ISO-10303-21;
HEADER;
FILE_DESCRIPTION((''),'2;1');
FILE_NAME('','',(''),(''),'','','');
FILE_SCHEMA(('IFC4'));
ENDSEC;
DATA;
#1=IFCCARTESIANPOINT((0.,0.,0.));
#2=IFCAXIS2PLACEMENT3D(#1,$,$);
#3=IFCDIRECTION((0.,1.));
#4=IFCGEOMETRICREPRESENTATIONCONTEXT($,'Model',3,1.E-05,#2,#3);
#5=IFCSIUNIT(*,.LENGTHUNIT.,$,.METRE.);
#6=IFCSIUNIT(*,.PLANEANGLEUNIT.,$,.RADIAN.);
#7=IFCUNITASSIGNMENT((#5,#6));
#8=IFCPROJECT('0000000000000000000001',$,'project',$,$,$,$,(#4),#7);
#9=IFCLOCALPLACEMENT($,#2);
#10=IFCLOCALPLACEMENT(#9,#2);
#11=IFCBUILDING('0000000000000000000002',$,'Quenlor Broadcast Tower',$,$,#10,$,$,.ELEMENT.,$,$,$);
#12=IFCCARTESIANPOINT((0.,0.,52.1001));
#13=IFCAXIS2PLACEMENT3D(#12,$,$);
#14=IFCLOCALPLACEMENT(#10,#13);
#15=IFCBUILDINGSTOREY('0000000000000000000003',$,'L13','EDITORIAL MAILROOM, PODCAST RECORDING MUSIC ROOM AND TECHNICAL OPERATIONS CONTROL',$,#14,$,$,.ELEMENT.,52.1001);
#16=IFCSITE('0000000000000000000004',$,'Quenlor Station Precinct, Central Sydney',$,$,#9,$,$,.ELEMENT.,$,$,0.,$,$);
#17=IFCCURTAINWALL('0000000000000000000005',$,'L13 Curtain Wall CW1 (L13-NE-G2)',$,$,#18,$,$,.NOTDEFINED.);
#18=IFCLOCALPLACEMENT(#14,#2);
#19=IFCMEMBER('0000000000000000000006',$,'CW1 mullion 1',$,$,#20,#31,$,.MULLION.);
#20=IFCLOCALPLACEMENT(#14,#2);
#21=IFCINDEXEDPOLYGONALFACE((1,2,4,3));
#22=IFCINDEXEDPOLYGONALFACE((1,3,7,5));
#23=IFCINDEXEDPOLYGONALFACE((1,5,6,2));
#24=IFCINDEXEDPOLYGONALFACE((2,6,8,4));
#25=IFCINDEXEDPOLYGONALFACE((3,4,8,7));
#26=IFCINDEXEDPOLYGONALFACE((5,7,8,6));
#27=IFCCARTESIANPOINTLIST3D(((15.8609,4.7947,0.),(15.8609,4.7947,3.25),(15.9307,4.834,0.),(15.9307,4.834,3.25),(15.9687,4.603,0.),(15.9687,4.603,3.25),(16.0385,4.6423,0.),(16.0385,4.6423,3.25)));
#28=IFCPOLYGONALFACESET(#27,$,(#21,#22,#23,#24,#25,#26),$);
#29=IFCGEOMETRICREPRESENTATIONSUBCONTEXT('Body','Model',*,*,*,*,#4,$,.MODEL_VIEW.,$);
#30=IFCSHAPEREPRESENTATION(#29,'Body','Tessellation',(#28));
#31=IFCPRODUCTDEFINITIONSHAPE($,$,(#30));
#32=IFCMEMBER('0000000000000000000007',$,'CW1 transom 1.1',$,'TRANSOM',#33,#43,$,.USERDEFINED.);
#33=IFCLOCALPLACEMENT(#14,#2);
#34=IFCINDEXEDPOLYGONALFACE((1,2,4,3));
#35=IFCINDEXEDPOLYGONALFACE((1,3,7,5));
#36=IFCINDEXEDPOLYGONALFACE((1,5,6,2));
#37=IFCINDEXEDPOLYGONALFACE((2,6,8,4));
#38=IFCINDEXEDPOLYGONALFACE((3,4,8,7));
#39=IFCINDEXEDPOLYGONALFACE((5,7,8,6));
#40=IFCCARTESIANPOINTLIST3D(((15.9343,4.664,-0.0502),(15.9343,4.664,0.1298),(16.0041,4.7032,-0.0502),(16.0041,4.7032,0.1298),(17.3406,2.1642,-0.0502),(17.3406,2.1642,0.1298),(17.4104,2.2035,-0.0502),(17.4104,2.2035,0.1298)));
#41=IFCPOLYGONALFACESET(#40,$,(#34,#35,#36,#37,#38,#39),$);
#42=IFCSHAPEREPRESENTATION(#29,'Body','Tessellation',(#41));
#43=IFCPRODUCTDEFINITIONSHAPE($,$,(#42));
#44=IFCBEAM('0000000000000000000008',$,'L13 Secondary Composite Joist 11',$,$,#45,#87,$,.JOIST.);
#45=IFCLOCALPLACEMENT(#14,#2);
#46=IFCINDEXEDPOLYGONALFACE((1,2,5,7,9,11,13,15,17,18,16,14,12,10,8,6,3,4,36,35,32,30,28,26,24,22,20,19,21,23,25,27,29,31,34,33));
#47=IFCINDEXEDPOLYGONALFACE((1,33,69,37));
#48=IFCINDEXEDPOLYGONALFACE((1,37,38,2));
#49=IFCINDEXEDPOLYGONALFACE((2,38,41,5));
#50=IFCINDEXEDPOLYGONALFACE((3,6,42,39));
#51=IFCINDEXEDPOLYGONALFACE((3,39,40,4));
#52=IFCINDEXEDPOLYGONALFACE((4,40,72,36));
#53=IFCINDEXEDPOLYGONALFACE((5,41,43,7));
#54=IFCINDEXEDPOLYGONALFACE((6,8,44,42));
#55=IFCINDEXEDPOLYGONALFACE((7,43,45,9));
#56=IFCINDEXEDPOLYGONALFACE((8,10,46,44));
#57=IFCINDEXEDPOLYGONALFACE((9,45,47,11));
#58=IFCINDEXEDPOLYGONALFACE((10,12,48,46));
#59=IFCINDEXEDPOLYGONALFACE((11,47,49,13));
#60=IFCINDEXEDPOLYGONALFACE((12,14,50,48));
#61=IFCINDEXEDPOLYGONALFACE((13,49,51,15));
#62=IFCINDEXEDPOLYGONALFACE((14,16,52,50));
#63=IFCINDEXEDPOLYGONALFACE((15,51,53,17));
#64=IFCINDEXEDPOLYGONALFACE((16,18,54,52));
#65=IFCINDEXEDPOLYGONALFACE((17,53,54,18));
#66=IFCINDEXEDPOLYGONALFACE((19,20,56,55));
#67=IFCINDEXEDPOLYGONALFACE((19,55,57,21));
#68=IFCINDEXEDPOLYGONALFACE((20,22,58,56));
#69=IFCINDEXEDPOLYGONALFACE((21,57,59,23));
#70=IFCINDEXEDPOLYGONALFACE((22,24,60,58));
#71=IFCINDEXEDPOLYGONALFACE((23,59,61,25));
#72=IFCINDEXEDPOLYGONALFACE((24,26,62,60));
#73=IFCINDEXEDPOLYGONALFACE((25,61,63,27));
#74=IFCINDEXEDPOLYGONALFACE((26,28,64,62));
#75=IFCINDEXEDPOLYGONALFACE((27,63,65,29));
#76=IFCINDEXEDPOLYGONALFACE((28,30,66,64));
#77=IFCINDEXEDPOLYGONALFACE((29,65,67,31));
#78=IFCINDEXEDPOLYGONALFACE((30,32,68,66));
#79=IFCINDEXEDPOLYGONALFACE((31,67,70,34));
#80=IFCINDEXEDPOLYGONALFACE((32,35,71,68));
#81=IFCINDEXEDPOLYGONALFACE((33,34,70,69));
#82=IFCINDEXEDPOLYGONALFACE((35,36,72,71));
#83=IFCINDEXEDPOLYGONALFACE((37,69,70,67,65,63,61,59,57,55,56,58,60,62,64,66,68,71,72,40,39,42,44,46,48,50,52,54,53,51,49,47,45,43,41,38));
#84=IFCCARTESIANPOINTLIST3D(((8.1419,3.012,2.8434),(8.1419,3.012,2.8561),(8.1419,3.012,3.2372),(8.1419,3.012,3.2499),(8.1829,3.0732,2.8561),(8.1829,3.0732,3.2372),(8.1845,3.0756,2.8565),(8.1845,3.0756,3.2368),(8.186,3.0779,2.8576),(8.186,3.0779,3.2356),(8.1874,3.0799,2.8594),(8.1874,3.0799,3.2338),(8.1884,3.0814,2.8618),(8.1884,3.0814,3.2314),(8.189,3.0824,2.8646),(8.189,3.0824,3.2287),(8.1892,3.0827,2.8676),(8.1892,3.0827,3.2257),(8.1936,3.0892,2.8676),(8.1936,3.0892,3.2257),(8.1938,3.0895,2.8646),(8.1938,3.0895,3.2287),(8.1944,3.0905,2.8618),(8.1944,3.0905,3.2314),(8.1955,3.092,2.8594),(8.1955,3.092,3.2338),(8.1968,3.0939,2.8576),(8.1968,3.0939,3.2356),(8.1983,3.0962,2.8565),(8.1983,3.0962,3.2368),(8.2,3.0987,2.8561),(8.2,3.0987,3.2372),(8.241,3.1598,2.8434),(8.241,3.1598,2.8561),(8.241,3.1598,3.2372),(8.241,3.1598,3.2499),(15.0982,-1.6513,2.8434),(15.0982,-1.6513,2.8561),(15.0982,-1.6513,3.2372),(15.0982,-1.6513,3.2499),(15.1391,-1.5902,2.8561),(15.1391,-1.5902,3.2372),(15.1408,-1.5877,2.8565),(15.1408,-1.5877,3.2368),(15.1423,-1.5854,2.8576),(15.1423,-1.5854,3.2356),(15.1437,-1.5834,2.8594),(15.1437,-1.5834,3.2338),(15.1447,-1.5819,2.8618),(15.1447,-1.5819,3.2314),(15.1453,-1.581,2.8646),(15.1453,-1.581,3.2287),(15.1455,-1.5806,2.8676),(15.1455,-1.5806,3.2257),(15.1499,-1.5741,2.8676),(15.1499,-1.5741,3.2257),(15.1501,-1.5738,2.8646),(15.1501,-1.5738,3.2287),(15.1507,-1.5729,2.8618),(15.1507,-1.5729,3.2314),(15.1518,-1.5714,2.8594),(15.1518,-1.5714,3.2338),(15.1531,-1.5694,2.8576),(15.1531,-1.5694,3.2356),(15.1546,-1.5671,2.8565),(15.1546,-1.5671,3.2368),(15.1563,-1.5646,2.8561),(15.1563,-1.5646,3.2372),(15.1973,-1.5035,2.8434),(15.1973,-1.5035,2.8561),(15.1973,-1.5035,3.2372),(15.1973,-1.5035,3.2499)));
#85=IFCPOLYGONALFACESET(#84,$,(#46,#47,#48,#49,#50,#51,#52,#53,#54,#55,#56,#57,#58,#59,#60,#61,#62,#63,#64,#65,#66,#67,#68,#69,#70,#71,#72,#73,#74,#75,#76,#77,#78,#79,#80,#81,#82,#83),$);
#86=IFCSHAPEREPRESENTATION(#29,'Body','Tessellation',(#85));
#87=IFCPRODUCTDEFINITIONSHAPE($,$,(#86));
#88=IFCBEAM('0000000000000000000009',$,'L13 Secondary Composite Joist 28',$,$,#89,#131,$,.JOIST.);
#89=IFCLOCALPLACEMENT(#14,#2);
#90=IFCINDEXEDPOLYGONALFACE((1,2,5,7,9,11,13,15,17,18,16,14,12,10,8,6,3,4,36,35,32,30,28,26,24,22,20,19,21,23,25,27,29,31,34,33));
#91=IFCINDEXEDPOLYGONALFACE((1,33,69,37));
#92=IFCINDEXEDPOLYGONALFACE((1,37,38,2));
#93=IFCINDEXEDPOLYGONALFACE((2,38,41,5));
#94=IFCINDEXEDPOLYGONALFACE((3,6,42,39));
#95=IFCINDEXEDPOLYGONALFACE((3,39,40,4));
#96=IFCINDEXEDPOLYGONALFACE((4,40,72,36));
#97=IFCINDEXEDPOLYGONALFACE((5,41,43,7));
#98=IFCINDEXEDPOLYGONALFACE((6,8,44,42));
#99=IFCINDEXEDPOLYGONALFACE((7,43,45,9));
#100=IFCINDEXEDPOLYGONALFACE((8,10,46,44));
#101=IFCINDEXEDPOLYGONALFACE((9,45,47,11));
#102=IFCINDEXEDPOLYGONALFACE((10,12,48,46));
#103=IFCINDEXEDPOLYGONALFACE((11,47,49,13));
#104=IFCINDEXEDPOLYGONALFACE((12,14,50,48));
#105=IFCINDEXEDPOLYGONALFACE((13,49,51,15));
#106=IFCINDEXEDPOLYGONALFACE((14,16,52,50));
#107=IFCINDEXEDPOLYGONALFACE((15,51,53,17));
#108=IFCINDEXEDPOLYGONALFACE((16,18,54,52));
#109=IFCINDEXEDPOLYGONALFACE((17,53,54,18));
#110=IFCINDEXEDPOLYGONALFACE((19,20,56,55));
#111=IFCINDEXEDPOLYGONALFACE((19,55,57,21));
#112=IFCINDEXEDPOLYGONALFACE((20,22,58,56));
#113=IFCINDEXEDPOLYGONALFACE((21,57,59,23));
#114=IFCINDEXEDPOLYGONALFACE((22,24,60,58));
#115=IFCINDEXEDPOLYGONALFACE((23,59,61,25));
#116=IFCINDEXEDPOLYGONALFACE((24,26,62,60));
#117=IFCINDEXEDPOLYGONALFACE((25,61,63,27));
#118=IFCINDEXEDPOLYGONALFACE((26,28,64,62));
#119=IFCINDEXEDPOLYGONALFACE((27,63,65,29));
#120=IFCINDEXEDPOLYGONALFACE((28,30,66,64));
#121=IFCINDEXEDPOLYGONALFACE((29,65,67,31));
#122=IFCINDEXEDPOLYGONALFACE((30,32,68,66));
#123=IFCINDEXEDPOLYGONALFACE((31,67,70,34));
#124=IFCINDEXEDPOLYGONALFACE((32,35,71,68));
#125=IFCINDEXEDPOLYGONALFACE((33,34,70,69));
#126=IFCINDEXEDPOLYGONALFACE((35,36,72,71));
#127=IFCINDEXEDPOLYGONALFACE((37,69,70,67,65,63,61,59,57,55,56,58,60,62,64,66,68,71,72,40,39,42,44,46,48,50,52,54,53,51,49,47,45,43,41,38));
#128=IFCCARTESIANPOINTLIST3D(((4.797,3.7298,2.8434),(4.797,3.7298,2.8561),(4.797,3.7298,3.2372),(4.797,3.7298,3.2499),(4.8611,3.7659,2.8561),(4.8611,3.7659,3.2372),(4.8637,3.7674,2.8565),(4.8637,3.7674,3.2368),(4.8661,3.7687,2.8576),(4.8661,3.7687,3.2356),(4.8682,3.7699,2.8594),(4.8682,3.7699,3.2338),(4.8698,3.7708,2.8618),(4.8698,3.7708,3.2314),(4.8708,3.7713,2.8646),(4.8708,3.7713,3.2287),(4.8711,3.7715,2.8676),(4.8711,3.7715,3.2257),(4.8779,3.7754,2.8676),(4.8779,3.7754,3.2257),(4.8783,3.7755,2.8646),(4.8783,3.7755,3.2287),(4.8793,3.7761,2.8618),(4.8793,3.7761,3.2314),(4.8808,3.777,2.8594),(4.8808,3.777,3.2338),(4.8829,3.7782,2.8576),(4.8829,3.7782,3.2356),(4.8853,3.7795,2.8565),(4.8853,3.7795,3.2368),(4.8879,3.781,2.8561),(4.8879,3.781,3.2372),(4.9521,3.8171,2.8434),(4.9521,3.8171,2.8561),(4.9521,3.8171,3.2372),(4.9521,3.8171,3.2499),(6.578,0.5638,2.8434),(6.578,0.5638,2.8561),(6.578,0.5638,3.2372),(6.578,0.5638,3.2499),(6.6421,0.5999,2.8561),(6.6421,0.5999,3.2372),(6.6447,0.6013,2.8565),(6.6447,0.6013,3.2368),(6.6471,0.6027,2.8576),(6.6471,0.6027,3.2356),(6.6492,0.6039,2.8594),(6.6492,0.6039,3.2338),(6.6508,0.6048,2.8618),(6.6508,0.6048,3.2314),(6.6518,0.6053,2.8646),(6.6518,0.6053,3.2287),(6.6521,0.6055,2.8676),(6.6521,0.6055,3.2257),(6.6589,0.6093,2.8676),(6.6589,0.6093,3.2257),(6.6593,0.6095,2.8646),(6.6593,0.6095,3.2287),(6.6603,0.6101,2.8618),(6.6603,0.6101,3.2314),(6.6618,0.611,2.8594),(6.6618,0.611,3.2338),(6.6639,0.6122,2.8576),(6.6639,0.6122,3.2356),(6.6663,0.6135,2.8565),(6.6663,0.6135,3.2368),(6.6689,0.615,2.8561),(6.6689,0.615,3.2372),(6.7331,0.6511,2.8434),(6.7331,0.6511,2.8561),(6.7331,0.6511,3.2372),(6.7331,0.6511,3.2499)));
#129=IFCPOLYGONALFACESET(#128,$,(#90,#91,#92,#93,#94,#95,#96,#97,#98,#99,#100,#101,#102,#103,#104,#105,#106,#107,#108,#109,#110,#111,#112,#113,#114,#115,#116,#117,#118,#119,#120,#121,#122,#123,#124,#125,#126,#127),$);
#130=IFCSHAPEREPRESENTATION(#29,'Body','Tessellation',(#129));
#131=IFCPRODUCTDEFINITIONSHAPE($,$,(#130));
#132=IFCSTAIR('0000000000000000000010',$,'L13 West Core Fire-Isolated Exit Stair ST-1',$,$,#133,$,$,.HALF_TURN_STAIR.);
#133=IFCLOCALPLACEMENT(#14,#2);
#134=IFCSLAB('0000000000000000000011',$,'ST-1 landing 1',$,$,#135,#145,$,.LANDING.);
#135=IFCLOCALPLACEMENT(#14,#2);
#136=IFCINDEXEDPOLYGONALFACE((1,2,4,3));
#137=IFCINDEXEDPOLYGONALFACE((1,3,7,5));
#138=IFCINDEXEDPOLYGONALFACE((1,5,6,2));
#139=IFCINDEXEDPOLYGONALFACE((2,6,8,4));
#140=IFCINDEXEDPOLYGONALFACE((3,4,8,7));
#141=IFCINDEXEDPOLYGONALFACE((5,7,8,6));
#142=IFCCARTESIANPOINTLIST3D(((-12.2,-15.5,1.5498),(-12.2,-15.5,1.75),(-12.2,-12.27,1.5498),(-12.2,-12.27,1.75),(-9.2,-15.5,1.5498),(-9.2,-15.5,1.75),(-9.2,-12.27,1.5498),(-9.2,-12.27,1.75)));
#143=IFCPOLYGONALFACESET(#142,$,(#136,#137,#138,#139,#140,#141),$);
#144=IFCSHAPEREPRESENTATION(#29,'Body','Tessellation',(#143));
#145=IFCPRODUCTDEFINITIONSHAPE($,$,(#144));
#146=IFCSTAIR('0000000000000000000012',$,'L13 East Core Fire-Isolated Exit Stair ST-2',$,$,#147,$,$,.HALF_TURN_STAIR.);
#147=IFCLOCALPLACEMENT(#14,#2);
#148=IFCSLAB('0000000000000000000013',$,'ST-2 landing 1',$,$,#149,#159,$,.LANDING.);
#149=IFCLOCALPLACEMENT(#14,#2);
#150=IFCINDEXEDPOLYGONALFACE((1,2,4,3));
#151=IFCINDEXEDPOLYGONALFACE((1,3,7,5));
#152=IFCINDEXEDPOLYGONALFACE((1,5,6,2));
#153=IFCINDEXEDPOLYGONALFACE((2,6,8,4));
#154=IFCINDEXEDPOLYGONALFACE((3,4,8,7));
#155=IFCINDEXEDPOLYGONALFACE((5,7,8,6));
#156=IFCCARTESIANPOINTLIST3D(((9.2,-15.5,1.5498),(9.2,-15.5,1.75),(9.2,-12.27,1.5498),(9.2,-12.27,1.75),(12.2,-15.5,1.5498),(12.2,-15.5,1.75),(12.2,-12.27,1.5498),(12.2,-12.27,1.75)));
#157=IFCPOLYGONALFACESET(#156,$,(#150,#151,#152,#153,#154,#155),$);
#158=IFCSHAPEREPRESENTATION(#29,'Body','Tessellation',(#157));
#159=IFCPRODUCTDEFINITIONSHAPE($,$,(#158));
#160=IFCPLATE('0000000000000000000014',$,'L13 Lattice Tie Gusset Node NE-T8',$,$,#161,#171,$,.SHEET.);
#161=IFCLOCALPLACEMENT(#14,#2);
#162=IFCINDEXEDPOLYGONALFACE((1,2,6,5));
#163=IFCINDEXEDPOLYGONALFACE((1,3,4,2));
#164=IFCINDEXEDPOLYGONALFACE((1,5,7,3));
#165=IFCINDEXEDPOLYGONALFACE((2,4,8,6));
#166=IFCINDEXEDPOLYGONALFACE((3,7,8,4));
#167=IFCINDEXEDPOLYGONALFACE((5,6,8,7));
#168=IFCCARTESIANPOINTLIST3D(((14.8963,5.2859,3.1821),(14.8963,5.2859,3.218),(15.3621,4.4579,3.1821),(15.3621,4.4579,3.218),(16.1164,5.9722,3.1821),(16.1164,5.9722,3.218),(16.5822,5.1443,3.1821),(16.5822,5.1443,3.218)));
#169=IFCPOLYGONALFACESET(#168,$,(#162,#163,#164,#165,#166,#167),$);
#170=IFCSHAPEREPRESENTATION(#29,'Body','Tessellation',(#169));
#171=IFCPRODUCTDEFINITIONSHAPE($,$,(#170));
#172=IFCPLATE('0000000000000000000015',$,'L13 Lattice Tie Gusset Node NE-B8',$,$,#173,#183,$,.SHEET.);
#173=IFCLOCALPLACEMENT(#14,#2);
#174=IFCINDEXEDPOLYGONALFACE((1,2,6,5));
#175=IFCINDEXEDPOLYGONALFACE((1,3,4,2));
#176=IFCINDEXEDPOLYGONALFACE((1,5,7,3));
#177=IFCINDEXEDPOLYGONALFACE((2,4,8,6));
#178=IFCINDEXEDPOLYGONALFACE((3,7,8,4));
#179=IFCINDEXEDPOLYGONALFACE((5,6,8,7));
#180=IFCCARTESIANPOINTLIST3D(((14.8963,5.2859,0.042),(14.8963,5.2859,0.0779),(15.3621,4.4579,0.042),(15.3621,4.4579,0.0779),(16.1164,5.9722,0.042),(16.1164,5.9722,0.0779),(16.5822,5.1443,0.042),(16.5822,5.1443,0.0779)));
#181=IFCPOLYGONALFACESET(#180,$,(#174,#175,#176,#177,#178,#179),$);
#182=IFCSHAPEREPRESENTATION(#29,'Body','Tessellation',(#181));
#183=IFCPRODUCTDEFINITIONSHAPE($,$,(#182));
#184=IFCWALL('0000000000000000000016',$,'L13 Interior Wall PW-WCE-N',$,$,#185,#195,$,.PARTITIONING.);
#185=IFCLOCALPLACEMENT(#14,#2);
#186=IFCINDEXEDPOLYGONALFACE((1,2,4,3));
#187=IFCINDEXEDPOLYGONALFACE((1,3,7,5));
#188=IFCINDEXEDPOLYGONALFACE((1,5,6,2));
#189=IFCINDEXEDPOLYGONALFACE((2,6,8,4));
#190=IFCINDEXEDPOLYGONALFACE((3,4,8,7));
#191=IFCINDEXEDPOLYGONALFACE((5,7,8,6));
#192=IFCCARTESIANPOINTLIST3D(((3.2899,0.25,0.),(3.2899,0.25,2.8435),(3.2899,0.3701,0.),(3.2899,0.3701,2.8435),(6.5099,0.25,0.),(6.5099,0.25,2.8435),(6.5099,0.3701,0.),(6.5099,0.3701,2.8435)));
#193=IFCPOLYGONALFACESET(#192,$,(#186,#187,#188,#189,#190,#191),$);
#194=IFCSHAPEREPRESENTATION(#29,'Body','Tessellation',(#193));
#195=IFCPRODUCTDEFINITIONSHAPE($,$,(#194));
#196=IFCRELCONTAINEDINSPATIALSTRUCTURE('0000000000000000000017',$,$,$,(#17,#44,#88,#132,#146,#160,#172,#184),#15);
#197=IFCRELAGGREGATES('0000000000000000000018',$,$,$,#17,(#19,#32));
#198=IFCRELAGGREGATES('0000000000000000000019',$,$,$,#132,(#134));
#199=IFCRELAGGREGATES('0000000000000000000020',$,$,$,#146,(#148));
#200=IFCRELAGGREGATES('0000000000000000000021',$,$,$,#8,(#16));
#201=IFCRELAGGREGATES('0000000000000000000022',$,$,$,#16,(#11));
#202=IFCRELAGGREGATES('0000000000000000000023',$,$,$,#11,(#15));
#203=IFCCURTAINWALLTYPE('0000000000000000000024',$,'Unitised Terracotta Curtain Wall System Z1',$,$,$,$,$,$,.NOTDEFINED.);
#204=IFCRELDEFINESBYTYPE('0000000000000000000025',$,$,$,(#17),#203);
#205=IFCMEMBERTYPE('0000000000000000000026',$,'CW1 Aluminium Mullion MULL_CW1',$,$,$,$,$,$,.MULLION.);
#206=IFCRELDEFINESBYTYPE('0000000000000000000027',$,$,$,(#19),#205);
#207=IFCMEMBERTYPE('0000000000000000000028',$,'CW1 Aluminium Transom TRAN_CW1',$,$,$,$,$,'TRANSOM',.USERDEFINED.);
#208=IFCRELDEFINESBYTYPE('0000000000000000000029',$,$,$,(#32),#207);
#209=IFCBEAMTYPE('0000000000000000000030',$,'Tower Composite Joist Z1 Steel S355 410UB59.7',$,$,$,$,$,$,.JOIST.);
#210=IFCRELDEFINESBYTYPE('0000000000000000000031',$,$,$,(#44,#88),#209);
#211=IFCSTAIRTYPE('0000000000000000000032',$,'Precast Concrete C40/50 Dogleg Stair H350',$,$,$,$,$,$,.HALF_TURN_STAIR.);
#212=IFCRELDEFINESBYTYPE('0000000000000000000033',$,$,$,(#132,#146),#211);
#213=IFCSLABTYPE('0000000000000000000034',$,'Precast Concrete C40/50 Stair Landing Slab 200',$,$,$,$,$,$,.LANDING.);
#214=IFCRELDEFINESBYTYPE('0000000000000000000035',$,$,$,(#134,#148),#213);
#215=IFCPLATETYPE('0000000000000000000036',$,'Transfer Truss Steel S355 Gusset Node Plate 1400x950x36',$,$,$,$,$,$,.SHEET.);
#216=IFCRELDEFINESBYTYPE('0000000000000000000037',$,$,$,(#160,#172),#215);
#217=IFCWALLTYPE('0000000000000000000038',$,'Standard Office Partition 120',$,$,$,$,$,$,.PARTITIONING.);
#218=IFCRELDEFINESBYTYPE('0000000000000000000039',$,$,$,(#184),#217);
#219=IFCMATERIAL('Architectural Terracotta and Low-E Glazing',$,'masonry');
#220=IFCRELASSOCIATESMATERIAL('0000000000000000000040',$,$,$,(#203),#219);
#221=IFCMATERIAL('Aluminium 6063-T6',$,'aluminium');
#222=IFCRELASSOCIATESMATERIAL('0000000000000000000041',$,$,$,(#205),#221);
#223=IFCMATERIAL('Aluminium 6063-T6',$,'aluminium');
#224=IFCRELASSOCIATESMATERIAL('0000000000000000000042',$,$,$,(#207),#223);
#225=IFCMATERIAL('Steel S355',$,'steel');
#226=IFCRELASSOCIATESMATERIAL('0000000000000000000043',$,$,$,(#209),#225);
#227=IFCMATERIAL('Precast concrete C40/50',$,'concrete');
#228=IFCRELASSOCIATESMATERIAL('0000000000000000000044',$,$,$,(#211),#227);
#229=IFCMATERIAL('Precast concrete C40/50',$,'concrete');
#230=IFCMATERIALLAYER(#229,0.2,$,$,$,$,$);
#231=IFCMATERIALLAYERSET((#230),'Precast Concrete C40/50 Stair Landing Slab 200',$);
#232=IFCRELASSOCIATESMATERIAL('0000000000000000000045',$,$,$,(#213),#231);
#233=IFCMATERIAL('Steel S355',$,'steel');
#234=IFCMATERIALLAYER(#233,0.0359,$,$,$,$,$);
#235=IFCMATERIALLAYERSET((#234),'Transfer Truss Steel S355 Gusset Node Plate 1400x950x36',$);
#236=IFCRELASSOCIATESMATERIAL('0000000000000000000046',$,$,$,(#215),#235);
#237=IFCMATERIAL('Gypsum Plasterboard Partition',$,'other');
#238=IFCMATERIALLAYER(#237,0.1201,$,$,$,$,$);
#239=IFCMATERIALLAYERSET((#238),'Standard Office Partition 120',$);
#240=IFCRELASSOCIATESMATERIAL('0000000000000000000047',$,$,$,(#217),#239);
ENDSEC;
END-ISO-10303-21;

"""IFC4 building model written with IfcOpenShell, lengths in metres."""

from ifc_helpers import new_model, si_unit, direction, frame, frame_2d, origin, origin_2d, place, context, subcontext, project, spatial, polyline, rectangle, i_section, outline, extrude, material, layer, layer_set, material_profile, profile_set, type_object, element, aggregate, save


model = new_model("IFC4")

# Units and contexts
model_context = context("Model", 3, precision=1e-05, world=origin(), true_north=direction((0.0, 1.0)))
body_context = subcontext(model_context, "Body", "Model", "MODEL_VIEW")
ifc_project = project(units=[si_unit("LENGTHUNIT", "METRE"), si_unit("PLANEANGLEUNIT", "RADIAN")], contexts=[model_context])

# Site, building, storey
site_placement = place(None, origin())
site = spatial("IfcSite", under=ifc_project, at=site_placement, Name="Quenlor Station Precinct, Central Sydney", CompositionType="ELEMENT", RefElevation=0.0)
building_placement = place(site_placement, origin())
building = spatial("IfcBuilding", under=site, at=building_placement, Name="Quenlor Broadcast Tower", CompositionType="ELEMENT")
storey_placement = place(building_placement, frame((0.0, 0.0, 52.1001)))
storey = spatial("IfcBuildingStorey", under=building, at=storey_placement, Name="L13", Description="EDITORIAL MAILROOM, PODCAST RECORDING MUSIC ROOM AND TECHNICAL OPERATIONS CONTROL", CompositionType="ELEMENT", Elevation=52.1001)

# Curtain wall, members
ifc_material_1 = material(Name="Architectural Terracotta and Low-E Glazing", Category="masonry")
curtain_wall_type = type_object("IfcCurtainWallType", Name="Unitised Terracotta Curtain Wall System Z1", PredefinedType="NOTDEFINED", material=ifc_material_1)
curtain_wall_placement = place(storey_placement, origin())
curtain_wall = element("IfcCurtainWall", 1, at=curtain_wall_placement, inside=storey, type_object=curtain_wall_type, Name="L13 Curtain Wall CW1 (L13-NE-G2)", PredefinedType="NOTDEFINED")
ifc_material_2 = material(Name="Aluminium 6063-T6", Category="aluminium")
ifc_material_profile_1 = material_profile(ifc_material_2, rectangle(XDim=0.0801, YDim=0.22, at=origin_2d()))
ifc_profile_set_1 = profile_set([ifc_material_profile_1], Name="Aluminium 6063-T6 MULL80x220")
member_type_1 = type_object("IfcMemberType", Name="CW1 Aluminium Mullion MULL_CW1", PredefinedType="MULLION", material=ifc_profile_set_1)
member_1_placement = place(storey_placement, frame((15.9497, 4.7185, 0.0), z_axis=(0.0, 0.0, 1.0), x_axis=(0.871568, 0.490274, 0.0)))
member_1 = element("IfcMember", 2, at=member_1_placement, type_object=member_type_1, Name="CW1 mullion 1", PredefinedType="MULLION", context=body_context, shape_type="SweptSolid", body=[
    extrude(rectangle(XDim=0.0801, YDim=0.22, at=origin_2d()), origin(), (0.0, 0.0, 1.0), 3.25),
])
ifc_material_3 = material(Name="Aluminium 6063-T6", Category="aluminium")
ifc_material_profile_2 = material_profile(ifc_material_3, rectangle(XDim=0.0801, YDim=0.1799, at=origin_2d()))
ifc_profile_set_2 = profile_set([ifc_material_profile_2], Name="Aluminium 6063-T6 TRAN80x180")
member_type_2 = type_object("IfcMemberType", Name="CW1 Aluminium Transom TRAN_CW1", ElementType="TRANSOM", PredefinedType="USERDEFINED", material=ifc_profile_set_2)
member_2_placement = place(storey_placement, frame((15.9692, 4.6836, 0.0398), z_axis=(0.490298, -0.871555, 0.0), x_axis=(0.871555, 0.490298, 0.0)))
member_2 = element("IfcMember", 3, at=member_2_placement, type_object=member_type_2, Name="CW1 transom 1.1", ObjectType="TRANSOM", PredefinedType="USERDEFINED", context=body_context, shape_type="SweptSolid", body=[
    extrude(rectangle(XDim=0.0801, YDim=0.1799, at=origin_2d()), origin(), (0.0, 0.0, 1.0), 2.8682),
])
aggregate(curtain_wall, [member_1, member_2])

# Beams
ifc_material_4 = material(Name="Steel S355", Category="steel")
ifc_material_profile_3 = material_profile(ifc_material_4, i_section(OverallWidth=0.178, OverallDepth=0.4065, WebThickness=0.0078, FlangeThickness=0.0127, FilletRadius=0.0115, at=origin_2d()))
ifc_profile_set_3 = profile_set([ifc_material_profile_3], Name="Steel S355 410UB59.7")
beam_type = type_object("IfcBeamType", Name="Tower Composite Joist Z1 Steel S355 410UB59.7", PredefinedType="JOIST", material=ifc_profile_set_3)
beam_1_placement = place(storey_placement, frame((15.1477, -1.5774, 3.0466), z_axis=(-0.830626, 0.556831, 0.0), x_axis=(-0.556831, -0.830626, 0.0)))
element("IfcBeam", 4, at=beam_1_placement, inside=storey, type_object=beam_type, Name="L13 Secondary Composite Joist 11", PredefinedType="JOIST", context=body_context, shape_type="SweptSolid", body=[
    extrude(i_section(OverallWidth=0.178, OverallDepth=0.4065, WebThickness=0.0078, FlangeThickness=0.0127, FilletRadius=0.0115, at=origin_2d()), origin(), (0.0, 0.0, 1.0), 8.3748),
])
beam_2_placement = place(storey_placement, frame((4.8745, 3.7734, 3.0466), z_axis=(0.490287, -0.871561, 0.0), x_axis=(0.871561, 0.490287, 0.0)))
element("IfcBeam", 5, at=beam_2_placement, inside=storey, type_object=beam_type, Name="L13 Secondary Composite Joist 28", PredefinedType="JOIST", context=body_context, shape_type="SweptSolid", body=[
    extrude(i_section(OverallWidth=0.178, OverallDepth=0.4065, WebThickness=0.0078, FlangeThickness=0.0127, FilletRadius=0.0115, at=origin_2d()), origin(), (0.0, 0.0, 1.0), 3.6326),
])

# Stairs, slabs
ifc_material_5 = material(Name="Precast concrete C40/50", Category="concrete")
stair_type = type_object("IfcStairType", Name="Precast Concrete C40/50 Dogleg Stair H350", PredefinedType="HALF_TURN_STAIR", material=ifc_material_5)
stair_1_placement = place(storey_placement, origin())
stair_1 = element("IfcStair", 6, at=stair_1_placement, inside=storey, type_object=stair_type, Name="L13 West Core Fire-Isolated Exit Stair ST-1", PredefinedType="HALF_TURN_STAIR")
ifc_material_6 = material(Name="Precast concrete C40/50", Category="concrete")
ifc_layer_1 = layer(ifc_material_6, 0.2)
ifc_layer_set_1 = layer_set([ifc_layer_1], Name="Precast Concrete C40/50 Stair Landing Slab 200")
slab_type = type_object("IfcSlabType", Name="Precast Concrete C40/50 Stair Landing Slab 200", PredefinedType="LANDING", material=ifc_layer_set_1)
slab_1_placement = place(storey_placement, frame((0.0, 0.0, 1.5498)))
slab_1 = element("IfcSlab", 7, at=slab_1_placement, type_object=slab_type, Name="ST-1 landing 1", PredefinedType="LANDING", context=body_context, shape_type="SweptSolid", body=[
    extrude(outline(polyline([(-12.2, -12.27), (-12.2, -15.5), (-9.2, -15.5), (-9.2, -12.27), (-12.2, -12.27)])), origin(), (0.0, 0.0, 1.0), 0.2002),
])
aggregate(stair_1, [slab_1])
stair_2_placement = place(storey_placement, origin())
stair_2 = element("IfcStair", 8, at=stair_2_placement, inside=storey, type_object=stair_type, Name="L13 East Core Fire-Isolated Exit Stair ST-2", PredefinedType="HALF_TURN_STAIR")
slab_2_placement = place(storey_placement, frame((0.0, 0.0, 1.5498)))
slab_2 = element("IfcSlab", 9, at=slab_2_placement, type_object=slab_type, Name="ST-2 landing 1", PredefinedType="LANDING", context=body_context, shape_type="SweptSolid", body=[
    extrude(outline(polyline([(9.2, -12.27), (9.2, -15.5), (12.2, -15.5), (12.2, -12.27), (9.2, -12.27)])), origin(), (0.0, 0.0, 1.0), 0.2002),
])
aggregate(stair_2, [slab_2])

# Plates
ifc_material_7 = material(Name="Steel S355", Category="steel")
ifc_layer_2 = layer(ifc_material_7, 0.0359)
ifc_layer_set_2 = layer_set([ifc_layer_2], Name="Transfer Truss Steel S355 Gusset Node Plate 1400x950x36")
plate_type = type_object("IfcPlateType", Name="Transfer Truss Steel S355 Gusset Node Plate 1400x950x36", PredefinedType="SHEET", material=ifc_layer_set_2)
for number, where, z_axis, x_axis, name in (
    (10, (15.7393, 5.2151, 3.1821), (0.0, 0.0, 1.0), (0.871556, 0.490295, 0.0), "L13 Lattice Tie Gusset Node NE-T8"),
    (11, (15.7393, 5.2151, 0.042), (0.0, 0.0, 1.0), (0.871556, 0.490295, 0.0), "L13 Lattice Tie Gusset Node NE-B8"),
):
    element("IfcPlate", number, at=place(storey_placement, frame(where, z_axis=z_axis, x_axis=x_axis)), inside=storey, type_object=plate_type, Name=name, PredefinedType="SHEET", context=body_context, shape_type="SweptSolid", body=[
        extrude(rectangle(XDim=1.3999, YDim=0.95, at=origin_2d()), origin(), (0.0, 0.0, 1.0), 0.0359),
    ])

# Wall
ifc_material_8 = material(Name="Gypsum Plasterboard Partition", Category="other")
ifc_layer_3 = layer(ifc_material_8, 0.1201)
ifc_layer_set_3 = layer_set([ifc_layer_3], Name="Standard Office Partition 120")
wall_type = type_object("IfcWallType", Name="Standard Office Partition 120", PredefinedType="PARTITIONING", material=ifc_layer_set_3)
wall_1_placement = place(storey_placement, frame((3.29, 0.3101, 0.0), z_axis=(0.0, 0.0, 1.0), x_axis=(1.0, 0.0, 0.0)))
element("IfcWall", 12, at=wall_1_placement, inside=storey, type_object=wall_type, Name="L13 Interior Wall PW-WCE-N", PredefinedType="PARTITIONING", context=body_context, shape_type="SweptSolid", body=[
    extrude(rectangle(XDim=3.22, YDim=0.1201, at=frame_2d((1.6099, 0.0))), origin(), (0.0, 0.0, 1.0), 2.8435),
])

save(model, "model.ifc")
